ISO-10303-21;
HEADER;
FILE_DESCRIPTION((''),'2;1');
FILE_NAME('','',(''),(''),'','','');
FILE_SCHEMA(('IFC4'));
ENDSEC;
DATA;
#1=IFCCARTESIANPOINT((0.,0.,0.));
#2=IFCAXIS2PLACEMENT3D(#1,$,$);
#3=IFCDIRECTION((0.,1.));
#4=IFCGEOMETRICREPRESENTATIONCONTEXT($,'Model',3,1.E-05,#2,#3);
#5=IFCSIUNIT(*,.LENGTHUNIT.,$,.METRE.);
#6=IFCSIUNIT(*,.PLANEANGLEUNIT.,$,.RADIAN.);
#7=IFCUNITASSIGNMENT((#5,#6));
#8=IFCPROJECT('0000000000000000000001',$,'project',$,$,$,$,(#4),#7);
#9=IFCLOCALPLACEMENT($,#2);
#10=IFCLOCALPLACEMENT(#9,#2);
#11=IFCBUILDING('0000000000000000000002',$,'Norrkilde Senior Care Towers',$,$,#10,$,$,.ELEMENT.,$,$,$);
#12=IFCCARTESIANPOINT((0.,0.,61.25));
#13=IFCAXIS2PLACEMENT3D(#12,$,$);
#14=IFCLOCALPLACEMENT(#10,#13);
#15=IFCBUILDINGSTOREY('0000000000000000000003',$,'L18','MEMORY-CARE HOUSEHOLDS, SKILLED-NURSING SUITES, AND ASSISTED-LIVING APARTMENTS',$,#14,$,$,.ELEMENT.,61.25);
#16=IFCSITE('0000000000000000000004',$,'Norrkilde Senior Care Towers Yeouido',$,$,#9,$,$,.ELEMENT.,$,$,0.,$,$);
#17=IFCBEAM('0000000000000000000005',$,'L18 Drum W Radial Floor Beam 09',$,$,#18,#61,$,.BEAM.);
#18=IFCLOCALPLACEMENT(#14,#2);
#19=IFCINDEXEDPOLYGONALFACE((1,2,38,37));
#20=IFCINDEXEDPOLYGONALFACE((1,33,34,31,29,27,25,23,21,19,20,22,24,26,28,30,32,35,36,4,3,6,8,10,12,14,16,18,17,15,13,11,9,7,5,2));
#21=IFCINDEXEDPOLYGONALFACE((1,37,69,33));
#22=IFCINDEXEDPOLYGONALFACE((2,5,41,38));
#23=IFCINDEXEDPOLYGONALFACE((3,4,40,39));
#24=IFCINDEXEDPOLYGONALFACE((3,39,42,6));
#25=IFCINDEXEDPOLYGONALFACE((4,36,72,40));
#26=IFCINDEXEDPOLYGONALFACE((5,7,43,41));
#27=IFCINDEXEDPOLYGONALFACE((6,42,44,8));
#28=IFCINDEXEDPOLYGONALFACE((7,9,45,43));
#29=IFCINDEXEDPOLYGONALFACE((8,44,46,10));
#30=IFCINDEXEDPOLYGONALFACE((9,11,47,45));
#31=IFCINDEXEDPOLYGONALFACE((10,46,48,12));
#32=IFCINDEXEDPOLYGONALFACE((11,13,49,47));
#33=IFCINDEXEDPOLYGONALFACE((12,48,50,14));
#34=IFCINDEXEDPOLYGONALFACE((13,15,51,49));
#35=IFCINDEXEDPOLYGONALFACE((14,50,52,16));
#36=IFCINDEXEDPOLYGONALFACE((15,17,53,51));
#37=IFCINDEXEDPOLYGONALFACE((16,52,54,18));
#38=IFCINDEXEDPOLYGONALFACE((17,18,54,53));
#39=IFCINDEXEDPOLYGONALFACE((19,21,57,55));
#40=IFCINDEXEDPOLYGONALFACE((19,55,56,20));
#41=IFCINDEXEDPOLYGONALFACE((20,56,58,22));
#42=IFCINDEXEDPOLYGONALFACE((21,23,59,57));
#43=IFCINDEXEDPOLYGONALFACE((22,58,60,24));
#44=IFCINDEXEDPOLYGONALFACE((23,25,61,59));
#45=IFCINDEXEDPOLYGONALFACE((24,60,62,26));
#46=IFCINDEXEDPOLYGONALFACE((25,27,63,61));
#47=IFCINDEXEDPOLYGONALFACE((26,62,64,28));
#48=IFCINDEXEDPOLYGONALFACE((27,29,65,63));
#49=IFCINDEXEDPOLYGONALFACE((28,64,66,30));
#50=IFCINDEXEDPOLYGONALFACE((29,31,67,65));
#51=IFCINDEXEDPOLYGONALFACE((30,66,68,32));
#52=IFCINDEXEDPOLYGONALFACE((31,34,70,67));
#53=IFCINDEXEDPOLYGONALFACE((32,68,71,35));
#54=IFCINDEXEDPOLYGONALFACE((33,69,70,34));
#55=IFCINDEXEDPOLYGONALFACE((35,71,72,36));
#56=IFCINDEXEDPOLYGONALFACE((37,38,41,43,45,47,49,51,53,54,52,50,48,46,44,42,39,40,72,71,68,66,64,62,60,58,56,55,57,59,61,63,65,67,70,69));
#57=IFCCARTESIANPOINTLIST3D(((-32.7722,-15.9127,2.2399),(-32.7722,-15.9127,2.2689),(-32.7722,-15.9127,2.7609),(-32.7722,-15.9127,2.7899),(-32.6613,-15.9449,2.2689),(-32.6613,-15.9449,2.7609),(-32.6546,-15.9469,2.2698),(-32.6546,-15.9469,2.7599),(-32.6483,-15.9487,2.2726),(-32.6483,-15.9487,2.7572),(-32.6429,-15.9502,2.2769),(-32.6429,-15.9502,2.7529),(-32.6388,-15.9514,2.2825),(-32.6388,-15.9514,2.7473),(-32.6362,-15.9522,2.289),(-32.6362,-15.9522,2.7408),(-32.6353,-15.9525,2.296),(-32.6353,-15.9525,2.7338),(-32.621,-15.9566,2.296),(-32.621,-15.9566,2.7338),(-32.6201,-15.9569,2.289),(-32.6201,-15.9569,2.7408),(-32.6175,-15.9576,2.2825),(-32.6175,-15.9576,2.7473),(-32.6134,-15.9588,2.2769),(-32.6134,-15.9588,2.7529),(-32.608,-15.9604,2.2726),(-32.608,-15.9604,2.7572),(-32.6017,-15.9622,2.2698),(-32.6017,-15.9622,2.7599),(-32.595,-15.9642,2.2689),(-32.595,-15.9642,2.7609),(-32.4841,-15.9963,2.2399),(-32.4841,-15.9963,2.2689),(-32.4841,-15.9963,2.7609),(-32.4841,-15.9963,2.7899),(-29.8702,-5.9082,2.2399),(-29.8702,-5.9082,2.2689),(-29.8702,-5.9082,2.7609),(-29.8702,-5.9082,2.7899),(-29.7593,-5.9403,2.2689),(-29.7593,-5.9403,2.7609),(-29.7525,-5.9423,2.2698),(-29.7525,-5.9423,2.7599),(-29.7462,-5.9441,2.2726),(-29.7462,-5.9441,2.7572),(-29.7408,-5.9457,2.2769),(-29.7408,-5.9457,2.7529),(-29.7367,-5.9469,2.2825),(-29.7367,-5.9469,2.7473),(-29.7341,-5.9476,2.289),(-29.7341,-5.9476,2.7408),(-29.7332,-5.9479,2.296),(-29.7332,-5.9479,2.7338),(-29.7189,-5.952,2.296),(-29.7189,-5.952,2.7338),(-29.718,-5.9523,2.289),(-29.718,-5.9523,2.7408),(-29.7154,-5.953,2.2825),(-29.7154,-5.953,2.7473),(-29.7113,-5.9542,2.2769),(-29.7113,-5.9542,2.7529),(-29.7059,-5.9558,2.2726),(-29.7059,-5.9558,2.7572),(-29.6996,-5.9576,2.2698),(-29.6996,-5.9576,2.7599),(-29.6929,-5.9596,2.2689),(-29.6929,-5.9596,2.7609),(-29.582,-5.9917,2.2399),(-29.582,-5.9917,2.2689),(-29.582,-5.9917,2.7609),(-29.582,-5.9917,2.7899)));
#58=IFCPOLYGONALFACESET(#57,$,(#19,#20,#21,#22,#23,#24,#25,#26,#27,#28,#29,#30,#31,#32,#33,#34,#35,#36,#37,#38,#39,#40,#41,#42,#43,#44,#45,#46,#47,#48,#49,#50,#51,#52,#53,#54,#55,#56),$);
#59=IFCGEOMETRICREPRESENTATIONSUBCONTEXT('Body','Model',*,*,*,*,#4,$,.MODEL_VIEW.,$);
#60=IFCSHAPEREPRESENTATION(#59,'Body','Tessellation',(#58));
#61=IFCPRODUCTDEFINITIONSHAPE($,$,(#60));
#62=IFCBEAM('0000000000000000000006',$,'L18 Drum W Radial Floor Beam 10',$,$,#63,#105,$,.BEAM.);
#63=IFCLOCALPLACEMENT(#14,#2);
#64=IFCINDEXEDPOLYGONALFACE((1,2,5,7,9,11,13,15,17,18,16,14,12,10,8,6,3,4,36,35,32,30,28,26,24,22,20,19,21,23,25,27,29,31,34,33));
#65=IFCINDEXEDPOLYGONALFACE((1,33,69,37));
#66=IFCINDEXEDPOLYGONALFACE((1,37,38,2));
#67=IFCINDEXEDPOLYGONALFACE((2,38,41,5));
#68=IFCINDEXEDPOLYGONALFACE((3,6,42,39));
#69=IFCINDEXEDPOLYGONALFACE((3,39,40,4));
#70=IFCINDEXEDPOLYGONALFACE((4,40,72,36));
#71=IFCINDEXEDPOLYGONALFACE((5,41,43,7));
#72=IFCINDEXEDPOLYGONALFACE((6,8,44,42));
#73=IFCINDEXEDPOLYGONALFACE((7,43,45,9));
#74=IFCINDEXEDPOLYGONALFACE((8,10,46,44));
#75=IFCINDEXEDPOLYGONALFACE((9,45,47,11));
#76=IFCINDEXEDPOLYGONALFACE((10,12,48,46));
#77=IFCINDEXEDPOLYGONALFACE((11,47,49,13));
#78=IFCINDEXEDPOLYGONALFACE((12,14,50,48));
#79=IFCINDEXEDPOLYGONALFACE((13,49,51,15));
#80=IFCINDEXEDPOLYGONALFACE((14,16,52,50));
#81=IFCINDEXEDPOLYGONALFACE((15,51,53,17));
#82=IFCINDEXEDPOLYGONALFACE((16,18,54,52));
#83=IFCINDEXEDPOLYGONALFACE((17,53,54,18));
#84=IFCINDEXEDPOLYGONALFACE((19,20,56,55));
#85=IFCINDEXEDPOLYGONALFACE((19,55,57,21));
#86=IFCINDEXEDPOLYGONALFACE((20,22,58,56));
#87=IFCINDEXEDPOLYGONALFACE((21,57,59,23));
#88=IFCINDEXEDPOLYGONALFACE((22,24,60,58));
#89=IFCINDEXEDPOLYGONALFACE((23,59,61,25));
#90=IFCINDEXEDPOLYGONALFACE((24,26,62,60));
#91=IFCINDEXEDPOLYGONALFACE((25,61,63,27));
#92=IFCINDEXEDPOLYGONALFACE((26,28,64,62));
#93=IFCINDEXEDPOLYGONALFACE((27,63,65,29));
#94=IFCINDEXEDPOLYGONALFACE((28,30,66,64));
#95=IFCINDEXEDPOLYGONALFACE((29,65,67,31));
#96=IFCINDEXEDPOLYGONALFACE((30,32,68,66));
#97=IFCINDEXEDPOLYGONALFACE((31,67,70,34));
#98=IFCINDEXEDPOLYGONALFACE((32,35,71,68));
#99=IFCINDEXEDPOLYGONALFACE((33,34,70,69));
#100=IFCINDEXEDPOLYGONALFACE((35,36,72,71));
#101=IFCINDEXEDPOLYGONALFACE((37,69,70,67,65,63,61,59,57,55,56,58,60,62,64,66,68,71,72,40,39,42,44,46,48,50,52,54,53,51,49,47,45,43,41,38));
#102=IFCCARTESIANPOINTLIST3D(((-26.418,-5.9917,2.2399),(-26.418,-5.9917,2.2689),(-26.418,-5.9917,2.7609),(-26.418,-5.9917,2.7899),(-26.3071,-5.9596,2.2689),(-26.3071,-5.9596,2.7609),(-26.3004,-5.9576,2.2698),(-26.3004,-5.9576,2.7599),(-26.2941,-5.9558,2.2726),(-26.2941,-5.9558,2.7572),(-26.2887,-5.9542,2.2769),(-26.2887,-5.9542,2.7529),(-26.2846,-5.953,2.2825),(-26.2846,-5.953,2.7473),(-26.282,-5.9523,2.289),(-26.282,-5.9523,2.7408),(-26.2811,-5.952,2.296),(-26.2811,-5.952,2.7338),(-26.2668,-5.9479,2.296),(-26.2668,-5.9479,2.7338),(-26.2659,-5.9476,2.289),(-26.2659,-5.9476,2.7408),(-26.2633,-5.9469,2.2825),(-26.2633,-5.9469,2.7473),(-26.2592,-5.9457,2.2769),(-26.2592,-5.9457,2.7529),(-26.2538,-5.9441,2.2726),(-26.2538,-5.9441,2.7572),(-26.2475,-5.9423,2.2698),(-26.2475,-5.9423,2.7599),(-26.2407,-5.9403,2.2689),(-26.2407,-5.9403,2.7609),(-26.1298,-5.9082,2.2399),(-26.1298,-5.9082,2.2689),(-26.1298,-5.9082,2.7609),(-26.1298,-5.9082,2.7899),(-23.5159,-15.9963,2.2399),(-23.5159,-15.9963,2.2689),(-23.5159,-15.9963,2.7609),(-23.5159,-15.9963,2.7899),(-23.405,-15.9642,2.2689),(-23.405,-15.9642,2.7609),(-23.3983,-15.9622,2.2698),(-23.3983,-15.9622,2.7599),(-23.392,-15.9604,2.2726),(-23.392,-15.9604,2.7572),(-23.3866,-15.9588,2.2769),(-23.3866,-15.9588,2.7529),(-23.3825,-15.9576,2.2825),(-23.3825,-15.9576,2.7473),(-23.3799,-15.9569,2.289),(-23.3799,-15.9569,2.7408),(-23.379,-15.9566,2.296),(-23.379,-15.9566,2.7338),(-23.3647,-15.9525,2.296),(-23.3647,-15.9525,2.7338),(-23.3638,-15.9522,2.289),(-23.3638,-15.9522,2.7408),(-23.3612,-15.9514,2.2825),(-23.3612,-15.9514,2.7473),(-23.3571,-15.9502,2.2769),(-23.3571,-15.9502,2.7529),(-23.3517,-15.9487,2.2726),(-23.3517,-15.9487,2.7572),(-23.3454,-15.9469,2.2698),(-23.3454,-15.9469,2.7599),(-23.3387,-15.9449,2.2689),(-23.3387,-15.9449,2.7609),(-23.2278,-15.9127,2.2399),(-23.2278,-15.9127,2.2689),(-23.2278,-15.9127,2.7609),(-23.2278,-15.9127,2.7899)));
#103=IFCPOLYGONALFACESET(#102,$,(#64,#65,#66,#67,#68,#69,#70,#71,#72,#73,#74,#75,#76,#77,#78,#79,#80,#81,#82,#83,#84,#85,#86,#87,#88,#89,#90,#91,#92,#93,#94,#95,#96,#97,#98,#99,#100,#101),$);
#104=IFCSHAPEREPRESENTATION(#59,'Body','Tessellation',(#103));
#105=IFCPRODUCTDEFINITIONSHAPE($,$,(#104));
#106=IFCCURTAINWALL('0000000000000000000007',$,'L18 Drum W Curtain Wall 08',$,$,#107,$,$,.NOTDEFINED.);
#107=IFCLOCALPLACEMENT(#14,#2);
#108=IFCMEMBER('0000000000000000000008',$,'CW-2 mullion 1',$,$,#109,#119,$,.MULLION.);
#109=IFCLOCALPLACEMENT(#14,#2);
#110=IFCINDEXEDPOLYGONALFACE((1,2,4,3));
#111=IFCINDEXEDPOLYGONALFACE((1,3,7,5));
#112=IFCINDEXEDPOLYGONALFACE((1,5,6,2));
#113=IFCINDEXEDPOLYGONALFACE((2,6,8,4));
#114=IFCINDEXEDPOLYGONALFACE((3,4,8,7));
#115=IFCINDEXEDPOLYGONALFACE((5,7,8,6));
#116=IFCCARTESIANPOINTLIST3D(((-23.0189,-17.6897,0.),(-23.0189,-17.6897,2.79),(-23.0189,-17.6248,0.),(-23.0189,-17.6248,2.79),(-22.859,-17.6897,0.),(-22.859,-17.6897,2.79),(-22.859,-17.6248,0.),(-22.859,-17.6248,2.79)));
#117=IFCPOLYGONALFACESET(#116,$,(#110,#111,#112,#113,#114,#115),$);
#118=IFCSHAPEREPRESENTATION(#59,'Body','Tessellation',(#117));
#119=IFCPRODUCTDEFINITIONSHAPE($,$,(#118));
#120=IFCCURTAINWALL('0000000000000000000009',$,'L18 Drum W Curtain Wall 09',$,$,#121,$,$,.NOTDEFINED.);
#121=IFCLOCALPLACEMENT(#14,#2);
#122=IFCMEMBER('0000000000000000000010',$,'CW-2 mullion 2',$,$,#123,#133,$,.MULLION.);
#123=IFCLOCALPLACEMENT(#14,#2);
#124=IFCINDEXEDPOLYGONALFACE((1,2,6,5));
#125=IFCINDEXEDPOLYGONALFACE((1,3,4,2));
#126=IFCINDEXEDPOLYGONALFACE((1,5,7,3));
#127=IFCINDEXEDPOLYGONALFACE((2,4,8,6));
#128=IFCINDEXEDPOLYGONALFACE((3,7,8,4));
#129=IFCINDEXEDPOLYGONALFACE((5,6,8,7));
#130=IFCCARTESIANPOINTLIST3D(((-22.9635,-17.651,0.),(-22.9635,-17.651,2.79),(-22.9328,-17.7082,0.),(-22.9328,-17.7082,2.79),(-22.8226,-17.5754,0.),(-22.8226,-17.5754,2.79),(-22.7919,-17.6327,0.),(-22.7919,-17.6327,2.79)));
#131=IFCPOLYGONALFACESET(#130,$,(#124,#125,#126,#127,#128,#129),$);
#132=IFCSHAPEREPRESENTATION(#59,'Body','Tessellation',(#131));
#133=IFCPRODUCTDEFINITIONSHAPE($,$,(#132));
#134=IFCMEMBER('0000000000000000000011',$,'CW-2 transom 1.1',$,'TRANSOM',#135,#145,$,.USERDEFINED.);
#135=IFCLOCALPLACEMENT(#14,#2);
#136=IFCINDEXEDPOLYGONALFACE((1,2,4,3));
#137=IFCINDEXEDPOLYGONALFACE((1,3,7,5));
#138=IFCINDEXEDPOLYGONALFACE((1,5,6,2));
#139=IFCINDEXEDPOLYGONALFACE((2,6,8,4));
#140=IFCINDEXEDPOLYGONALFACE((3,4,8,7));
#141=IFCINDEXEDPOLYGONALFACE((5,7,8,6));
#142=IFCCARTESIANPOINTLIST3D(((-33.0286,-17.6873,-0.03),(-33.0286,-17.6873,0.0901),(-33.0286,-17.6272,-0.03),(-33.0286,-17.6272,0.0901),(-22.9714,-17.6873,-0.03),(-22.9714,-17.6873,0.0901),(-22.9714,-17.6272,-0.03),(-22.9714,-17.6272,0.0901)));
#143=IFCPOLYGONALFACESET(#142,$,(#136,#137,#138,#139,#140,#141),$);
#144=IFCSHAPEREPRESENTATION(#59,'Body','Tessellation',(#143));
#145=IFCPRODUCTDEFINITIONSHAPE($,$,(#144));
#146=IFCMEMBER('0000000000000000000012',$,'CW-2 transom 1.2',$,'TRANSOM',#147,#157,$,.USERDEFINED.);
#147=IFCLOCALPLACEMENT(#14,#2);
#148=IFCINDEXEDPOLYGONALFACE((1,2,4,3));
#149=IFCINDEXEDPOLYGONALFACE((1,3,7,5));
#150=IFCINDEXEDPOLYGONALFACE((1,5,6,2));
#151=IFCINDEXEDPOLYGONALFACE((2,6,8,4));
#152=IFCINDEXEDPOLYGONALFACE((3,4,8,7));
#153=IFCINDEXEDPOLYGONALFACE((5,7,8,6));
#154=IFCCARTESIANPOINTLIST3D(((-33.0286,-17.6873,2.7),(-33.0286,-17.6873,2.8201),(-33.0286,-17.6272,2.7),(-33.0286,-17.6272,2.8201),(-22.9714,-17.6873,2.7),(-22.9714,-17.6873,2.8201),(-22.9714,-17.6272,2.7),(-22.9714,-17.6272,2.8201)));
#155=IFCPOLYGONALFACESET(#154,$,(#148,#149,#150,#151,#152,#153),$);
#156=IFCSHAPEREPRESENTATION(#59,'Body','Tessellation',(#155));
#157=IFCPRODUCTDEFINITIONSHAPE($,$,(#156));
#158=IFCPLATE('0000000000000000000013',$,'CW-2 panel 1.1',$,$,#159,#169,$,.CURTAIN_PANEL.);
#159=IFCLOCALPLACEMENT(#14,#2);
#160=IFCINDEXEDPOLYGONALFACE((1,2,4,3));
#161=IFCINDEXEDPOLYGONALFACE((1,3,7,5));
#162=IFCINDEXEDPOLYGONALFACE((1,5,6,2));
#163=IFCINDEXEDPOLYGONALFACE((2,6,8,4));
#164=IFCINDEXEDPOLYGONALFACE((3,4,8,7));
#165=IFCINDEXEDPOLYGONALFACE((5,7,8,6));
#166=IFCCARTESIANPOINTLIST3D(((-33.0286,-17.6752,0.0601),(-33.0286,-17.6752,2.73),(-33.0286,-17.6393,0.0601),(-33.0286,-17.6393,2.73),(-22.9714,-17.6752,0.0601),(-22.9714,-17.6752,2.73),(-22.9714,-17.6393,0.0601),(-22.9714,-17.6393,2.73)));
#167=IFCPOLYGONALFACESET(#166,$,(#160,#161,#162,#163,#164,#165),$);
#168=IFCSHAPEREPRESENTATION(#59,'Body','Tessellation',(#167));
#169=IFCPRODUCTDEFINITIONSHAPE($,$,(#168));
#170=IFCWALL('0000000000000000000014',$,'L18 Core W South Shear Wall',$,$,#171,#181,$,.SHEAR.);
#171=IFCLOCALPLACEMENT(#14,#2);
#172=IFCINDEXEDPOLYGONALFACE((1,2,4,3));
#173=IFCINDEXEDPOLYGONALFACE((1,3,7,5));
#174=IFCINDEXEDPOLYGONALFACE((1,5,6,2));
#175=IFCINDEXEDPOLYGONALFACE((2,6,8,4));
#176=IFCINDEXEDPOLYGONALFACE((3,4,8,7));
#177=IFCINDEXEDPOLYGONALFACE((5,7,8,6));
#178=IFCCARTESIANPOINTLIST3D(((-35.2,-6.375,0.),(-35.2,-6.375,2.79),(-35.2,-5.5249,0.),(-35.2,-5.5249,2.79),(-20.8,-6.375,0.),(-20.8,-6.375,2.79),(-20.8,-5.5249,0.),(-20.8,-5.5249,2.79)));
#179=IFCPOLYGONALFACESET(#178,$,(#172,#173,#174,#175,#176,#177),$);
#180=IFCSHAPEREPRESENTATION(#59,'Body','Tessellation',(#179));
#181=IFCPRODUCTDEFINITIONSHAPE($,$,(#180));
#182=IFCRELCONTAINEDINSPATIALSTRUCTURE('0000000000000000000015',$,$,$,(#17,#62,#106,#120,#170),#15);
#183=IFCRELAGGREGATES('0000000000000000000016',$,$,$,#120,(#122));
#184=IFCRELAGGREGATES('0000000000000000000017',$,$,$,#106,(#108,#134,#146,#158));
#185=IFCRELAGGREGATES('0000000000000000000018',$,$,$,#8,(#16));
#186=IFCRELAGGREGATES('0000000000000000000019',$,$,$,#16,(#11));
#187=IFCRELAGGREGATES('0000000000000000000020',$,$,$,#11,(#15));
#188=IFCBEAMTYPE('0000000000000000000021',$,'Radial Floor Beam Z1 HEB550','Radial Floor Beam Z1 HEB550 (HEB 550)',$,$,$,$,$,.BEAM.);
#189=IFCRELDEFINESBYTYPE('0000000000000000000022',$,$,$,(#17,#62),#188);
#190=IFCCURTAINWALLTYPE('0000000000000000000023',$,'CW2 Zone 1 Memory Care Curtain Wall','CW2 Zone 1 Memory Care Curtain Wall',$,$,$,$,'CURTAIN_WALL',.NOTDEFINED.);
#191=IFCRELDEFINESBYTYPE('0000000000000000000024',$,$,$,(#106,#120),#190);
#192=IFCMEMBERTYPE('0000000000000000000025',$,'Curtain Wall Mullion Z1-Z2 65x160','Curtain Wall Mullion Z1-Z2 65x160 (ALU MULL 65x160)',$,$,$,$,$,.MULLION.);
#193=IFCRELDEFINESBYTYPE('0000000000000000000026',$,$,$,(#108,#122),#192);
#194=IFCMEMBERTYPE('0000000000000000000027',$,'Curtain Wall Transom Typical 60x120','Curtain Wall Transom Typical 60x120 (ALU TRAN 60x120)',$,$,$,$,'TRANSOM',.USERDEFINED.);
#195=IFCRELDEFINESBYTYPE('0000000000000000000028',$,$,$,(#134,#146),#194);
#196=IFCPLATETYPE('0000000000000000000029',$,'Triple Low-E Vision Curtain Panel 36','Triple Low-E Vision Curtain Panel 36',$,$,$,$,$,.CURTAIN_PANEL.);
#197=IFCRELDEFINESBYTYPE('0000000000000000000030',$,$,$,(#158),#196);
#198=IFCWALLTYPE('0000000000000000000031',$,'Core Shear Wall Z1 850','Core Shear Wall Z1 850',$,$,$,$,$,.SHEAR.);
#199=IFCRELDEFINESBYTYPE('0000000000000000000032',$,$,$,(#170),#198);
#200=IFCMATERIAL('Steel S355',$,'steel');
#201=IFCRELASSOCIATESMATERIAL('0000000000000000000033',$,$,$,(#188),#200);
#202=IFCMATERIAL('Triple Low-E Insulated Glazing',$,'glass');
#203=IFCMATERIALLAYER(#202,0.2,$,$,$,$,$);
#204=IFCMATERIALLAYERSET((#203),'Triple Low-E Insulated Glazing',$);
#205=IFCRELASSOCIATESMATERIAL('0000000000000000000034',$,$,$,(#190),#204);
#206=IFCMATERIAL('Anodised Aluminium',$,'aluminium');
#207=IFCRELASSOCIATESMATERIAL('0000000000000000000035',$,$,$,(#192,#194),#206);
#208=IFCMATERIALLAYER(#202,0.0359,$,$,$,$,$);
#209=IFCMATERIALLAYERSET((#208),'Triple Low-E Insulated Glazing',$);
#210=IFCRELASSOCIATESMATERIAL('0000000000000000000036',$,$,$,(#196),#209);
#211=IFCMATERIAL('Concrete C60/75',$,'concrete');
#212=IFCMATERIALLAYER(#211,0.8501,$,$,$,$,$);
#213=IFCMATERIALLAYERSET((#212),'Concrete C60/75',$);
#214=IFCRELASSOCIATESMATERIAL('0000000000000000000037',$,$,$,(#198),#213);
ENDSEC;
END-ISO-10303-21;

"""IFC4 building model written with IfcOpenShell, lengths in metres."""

from ifc_helpers import new_model, si_unit, direction, frame, frame_2d, origin, origin_2d, place, context, subcontext, project, spatial, rectangle, i_section, extrude, source, transform, mapped, material, layer, layer_set, material_profile, profile_set, type_object, type_shapes, element, aggregate, save


model = new_model("IFC4")

# Units and contexts
model_context = context("Model", 3, precision=1e-05, world=origin(), true_north=direction((0.0, 1.0)))
body_context = subcontext(model_context, "Body", "Model", "MODEL_VIEW")
ifc_project = project(units=[si_unit("LENGTHUNIT", "METRE"), si_unit("PLANEANGLEUNIT", "RADIAN")], contexts=[model_context])

# Site, building, storey
site_placement = place(None, origin())
site = spatial("IfcSite", under=ifc_project, at=site_placement, Name="Norrkilde Senior Care Towers Yeouido", CompositionType="ELEMENT", RefElevation=0.0)
building_placement = place(site_placement, origin())
building = spatial("IfcBuilding", under=site, at=building_placement, Name="Norrkilde Senior Care Towers", CompositionType="ELEMENT")
storey_placement = place(building_placement, frame((0.0, 0.0, 61.25)))
storey = spatial("IfcBuildingStorey", under=building, at=storey_placement, Name="L18", Description="MEMORY-CARE HOUSEHOLDS, SKILLED-NURSING SUITES, AND ASSISTED-LIVING APARTMENTS", CompositionType="ELEMENT", Elevation=61.25)

# Shared definitions
ifc_material_1 = material(Name="Concrete C60/75", Category="concrete")

# Beams
ifc_material_2 = material(Name="Steel S355", Category="steel")
ifc_material_profile_1 = material_profile(ifc_material_2, i_section(OverallWidth=0.3, OverallDepth=0.55, WebThickness=0.0149, FlangeThickness=0.0291, FilletRadius=0.0271, at=origin_2d()), Name="HEB 550")
ifc_profile_set_1 = profile_set([ifc_material_profile_1], Name="Steel S355")
beam_type_1 = type_object("IfcBeamType", Name="Radial Floor Beam Z1 HEB550", Description="Radial Floor Beam Z1 HEB550 (HEB 550)", PredefinedType="BEAM", material=ifc_profile_set_1)
shared_shape_1 = source(origin(), body_context, "Body", "SweptSolid", [
    extrude(i_section(OverallWidth=0.3, OverallDepth=0.55, WebThickness=0.0149, FlangeThickness=0.0291, FilletRadius=0.0271, at=origin_2d()), origin(), (0.0, 0.0, 1.0), 10.417),
])
for number, where, z_axis, x_axis, name in (
    (1, (-29.7261, -5.95, 2.5149), (-0.278591, -0.96041, 0.0), (0.96041, -0.278591, 0.0), "L18 Drum W Radial Floor Beam 09"),
    (2, (-26.2739, -5.95, 2.5149), (0.278591, -0.96041, 0.0), (0.96041, 0.278591, 0.0), "L18 Drum W Radial Floor Beam 10"),
):
    element("IfcBeam", number, at=place(storey_placement, frame(where, z_axis=z_axis, x_axis=x_axis)), inside=storey, type_object=beam_type_1, Name=name, PredefinedType="BEAM", context=body_context, shape_type="MappedRepresentation", body=[
        mapped(shared_shape_1, transform((0.0, 0.0, 0.0), x_axis=(1.0, 0.0, 0.0), y_axis=(0.0, 1.0, 0.0), z_axis=(0.0, 0.0, 1.0), scale=1.0)),
    ])

# Curtain walls, members
ifc_material_3 = material(Name="Triple Low-E Insulated Glazing", Category="glass")
ifc_layer_1 = layer(ifc_material_3, 0.2)
ifc_layer_set_1 = layer_set([ifc_layer_1], Name="Triple Low-E Insulated Glazing")
curtain_wall_type = type_object("IfcCurtainWallType", Name="CW2 Zone 1 Memory Care Curtain Wall", Description="CW2 Zone 1 Memory Care Curtain Wall", ElementType="CURTAIN_WALL", PredefinedType="NOTDEFINED", material=ifc_layer_set_1)
curtain_wall_1_placement = place(storey_placement, origin())
curtain_wall_1 = element("IfcCurtainWall", 3, at=curtain_wall_1_placement, inside=storey, type_object=curtain_wall_type, Name="L18 Drum W Curtain Wall 08", PredefinedType="NOTDEFINED")
ifc_material_4 = material(Name="Anodised Aluminium", Category="aluminium")
ifc_material_profile_2 = material_profile(ifc_material_4, rectangle(XDim=0.0649, YDim=0.1599, at=origin_2d()), Name="ALU MULL 65x160")
ifc_profile_set_2 = profile_set([ifc_material_profile_2], Name="Anodised Aluminium")
member_type_1 = type_object("IfcMemberType", Name="Curtain Wall Mullion Z1-Z2 65x160", Description="Curtain Wall Mullion Z1-Z2 65x160 (ALU MULL 65x160)", PredefinedType="MULLION", material=ifc_profile_set_2)
shared_shape_2 = source(origin(), body_context, "Body", "SweptSolid", [
    extrude(rectangle(XDim=0.0649, YDim=0.1599, at=origin_2d()), origin(), (0.0, 0.0, 1.0), 2.79),
])
type_shapes(member_type_1, [shared_shape_2])
member_1_placement = place(storey_placement, frame((-22.939, -17.6572, 0.0), z_axis=(0.0, 0.0, 1.0), x_axis=(0.0, -1.0, 0.0)))
member_1 = element("IfcMember", 4, at=member_1_placement, type_object=member_type_1, Name="CW-2 mullion 1", PredefinedType="MULLION", context=body_context, shape_type="MappedRepresentation", body=[
    mapped(shared_shape_2, transform((0.0, 0.0, 0.0), x_axis=(1.0, 0.0, 0.0), y_axis=(0.0, 1.0, 0.0), z_axis=(0.0, 0.0, 1.0), scale=1.0)),
])
curtain_wall_2_placement = place(storey_placement, origin())
curtain_wall_2 = element("IfcCurtainWall", 5, at=curtain_wall_2_placement, inside=storey, type_object=curtain_wall_type, Name="L18 Drum W Curtain Wall 09", PredefinedType="NOTDEFINED")
member_2_placement = place(storey_placement, frame((-22.8777, -17.6418, 0.0), z_axis=(0.0, 0.0, 1.0), x_axis=(0.472608, -0.881273, 0.0)))
member_2 = element("IfcMember", 6, at=member_2_placement, type_object=member_type_1, Name="CW-2 mullion 2", PredefinedType="MULLION", context=body_context, shape_type="MappedRepresentation", body=[
    mapped(shared_shape_2, transform((0.0, 0.0, 0.0), x_axis=(1.0, 0.0, 0.0), y_axis=(0.0, 1.0, 0.0), z_axis=(0.0, 0.0, 1.0), scale=1.0)),
])
aggregate(curtain_wall_2, [member_2])

# Members
ifc_material_profile_3 = material_profile(ifc_material_4, rectangle(XDim=0.0601, YDim=0.1201, at=origin_2d()), Name="ALU TRAN 60x120")
ifc_profile_set_3 = profile_set([ifc_material_profile_3], Name="Anodised Aluminium")
member_type_2 = type_object("IfcMemberType", Name="Curtain Wall Transom Typical 60x120", Description="Curtain Wall Transom Typical 60x120 (ALU TRAN 60x120)", ElementType="TRANSOM", PredefinedType="USERDEFINED", material=ifc_profile_set_3)
shared_shape_3 = source(origin(), body_context, "Body", "SweptSolid", [
    extrude(rectangle(XDim=0.0601, YDim=0.1201, at=origin_2d()), origin(), (0.0, 0.0, 1.0), 10.0571),
])
type_shapes(member_type_2, [shared_shape_3])
member_3_placement = place(storey_placement, frame((-22.9714, -17.6572, 0.03), z_axis=(-1.0, 0.0, 0.0), x_axis=(0.0, -1.0, 0.0)))
member_3 = element("IfcMember", 7, at=member_3_placement, type_object=member_type_2, Name="CW-2 transom 1.1", ObjectType="TRANSOM", PredefinedType="USERDEFINED", context=body_context, shape_type="MappedRepresentation", body=[
    mapped(shared_shape_3, transform((0.0, 0.0, 0.0), x_axis=(1.0, 0.0, 0.0), y_axis=(0.0, 1.0, 0.0), z_axis=(0.0, 0.0, 1.0), scale=1.0)),
])
member_4_placement = place(storey_placement, frame((-22.9714, -17.6572, 2.76), z_axis=(-1.0, 0.0, 0.0), x_axis=(0.0, -1.0, 0.0)))
member_4 = element("IfcMember", 8, at=member_4_placement, type_object=member_type_2, Name="CW-2 transom 1.2", ObjectType="TRANSOM", PredefinedType="USERDEFINED", context=body_context, shape_type="MappedRepresentation", body=[
    mapped(shared_shape_3, transform((0.0, 0.0, 0.0), x_axis=(1.0, 0.0, 0.0), y_axis=(0.0, 1.0, 0.0), z_axis=(0.0, 0.0, 1.0), scale=1.0)),
])

# Plate
ifc_layer_2 = layer(ifc_material_3, 0.0359)
ifc_layer_set_2 = layer_set([ifc_layer_2], Name="Triple Low-E Insulated Glazing")
plate_type = type_object("IfcPlateType", Name="Triple Low-E Vision Curtain Panel 36", Description="Triple Low-E Vision Curtain Panel 36", PredefinedType="CURTAIN_PANEL", material=ifc_layer_set_2)
shared_shape_4 = source(origin(), body_context, "Body", "SweptSolid", [
    extrude(rectangle(XDim=10.0571, YDim=0.0359, at=origin_2d()), origin(), (0.0, 0.0, 1.0), 2.6699),
])
type_shapes(plate_type, [shared_shape_4])
plate_placement = place(storey_placement, frame((-28.0, -17.6572, 0.0601), z_axis=(0.0, 0.0, 1.0), x_axis=(-1.0, 0.0, 0.0)))
plate = element("IfcPlate", 9, at=plate_placement, type_object=plate_type, Name="CW-2 panel 1.1", PredefinedType="CURTAIN_PANEL", context=body_context, shape_type="MappedRepresentation", body=[
    mapped(shared_shape_4, transform((0.0, 0.0, 0.0), x_axis=(1.0, 0.0, 0.0), y_axis=(0.0, 1.0, 0.0), z_axis=(0.0, 0.0, 1.0), scale=1.0)),
])
aggregate(curtain_wall_1, [member_1, member_3, member_4, plate])

# Wall
ifc_layer_3 = layer(ifc_material_1, 0.8501)
ifc_layer_set_3 = layer_set([ifc_layer_3], Name="Concrete C60/75")
wall_type_1 = type_object("IfcWallType", Name="Core Shear Wall Z1 850", Description="Core Shear Wall Z1 850", PredefinedType="SHEAR", material=ifc_layer_set_3)
shared_shape_5 = source(origin(), body_context, "Body", "SweptSolid", [
    extrude(rectangle(XDim=14.3999, YDim=0.8501, at=frame_2d((7.2, 0.0))), origin(), (0.0, 0.0, 1.0), 2.79),
])
type_shapes(wall_type_1, [shared_shape_5])
wall_1_placement = place(storey_placement, frame((-20.8, -5.95, 0.0), z_axis=(0.0, 0.0, 1.0), x_axis=(-1.0, 0.0, 0.0)))
element("IfcWall", 10, at=wall_1_placement, inside=storey, type_object=wall_type_1, Name="L18 Core W South Shear Wall", PredefinedType="SHEAR", context=body_context, shape_type="MappedRepresentation", body=[
    mapped(shared_shape_5, transform((0.0, 0.0, 0.0), x_axis=(1.0, 0.0, 0.0), y_axis=(0.0, 1.0, 0.0), z_axis=(0.0, 0.0, 1.0), scale=1.0)),
])

save(model, "model.ifc")
